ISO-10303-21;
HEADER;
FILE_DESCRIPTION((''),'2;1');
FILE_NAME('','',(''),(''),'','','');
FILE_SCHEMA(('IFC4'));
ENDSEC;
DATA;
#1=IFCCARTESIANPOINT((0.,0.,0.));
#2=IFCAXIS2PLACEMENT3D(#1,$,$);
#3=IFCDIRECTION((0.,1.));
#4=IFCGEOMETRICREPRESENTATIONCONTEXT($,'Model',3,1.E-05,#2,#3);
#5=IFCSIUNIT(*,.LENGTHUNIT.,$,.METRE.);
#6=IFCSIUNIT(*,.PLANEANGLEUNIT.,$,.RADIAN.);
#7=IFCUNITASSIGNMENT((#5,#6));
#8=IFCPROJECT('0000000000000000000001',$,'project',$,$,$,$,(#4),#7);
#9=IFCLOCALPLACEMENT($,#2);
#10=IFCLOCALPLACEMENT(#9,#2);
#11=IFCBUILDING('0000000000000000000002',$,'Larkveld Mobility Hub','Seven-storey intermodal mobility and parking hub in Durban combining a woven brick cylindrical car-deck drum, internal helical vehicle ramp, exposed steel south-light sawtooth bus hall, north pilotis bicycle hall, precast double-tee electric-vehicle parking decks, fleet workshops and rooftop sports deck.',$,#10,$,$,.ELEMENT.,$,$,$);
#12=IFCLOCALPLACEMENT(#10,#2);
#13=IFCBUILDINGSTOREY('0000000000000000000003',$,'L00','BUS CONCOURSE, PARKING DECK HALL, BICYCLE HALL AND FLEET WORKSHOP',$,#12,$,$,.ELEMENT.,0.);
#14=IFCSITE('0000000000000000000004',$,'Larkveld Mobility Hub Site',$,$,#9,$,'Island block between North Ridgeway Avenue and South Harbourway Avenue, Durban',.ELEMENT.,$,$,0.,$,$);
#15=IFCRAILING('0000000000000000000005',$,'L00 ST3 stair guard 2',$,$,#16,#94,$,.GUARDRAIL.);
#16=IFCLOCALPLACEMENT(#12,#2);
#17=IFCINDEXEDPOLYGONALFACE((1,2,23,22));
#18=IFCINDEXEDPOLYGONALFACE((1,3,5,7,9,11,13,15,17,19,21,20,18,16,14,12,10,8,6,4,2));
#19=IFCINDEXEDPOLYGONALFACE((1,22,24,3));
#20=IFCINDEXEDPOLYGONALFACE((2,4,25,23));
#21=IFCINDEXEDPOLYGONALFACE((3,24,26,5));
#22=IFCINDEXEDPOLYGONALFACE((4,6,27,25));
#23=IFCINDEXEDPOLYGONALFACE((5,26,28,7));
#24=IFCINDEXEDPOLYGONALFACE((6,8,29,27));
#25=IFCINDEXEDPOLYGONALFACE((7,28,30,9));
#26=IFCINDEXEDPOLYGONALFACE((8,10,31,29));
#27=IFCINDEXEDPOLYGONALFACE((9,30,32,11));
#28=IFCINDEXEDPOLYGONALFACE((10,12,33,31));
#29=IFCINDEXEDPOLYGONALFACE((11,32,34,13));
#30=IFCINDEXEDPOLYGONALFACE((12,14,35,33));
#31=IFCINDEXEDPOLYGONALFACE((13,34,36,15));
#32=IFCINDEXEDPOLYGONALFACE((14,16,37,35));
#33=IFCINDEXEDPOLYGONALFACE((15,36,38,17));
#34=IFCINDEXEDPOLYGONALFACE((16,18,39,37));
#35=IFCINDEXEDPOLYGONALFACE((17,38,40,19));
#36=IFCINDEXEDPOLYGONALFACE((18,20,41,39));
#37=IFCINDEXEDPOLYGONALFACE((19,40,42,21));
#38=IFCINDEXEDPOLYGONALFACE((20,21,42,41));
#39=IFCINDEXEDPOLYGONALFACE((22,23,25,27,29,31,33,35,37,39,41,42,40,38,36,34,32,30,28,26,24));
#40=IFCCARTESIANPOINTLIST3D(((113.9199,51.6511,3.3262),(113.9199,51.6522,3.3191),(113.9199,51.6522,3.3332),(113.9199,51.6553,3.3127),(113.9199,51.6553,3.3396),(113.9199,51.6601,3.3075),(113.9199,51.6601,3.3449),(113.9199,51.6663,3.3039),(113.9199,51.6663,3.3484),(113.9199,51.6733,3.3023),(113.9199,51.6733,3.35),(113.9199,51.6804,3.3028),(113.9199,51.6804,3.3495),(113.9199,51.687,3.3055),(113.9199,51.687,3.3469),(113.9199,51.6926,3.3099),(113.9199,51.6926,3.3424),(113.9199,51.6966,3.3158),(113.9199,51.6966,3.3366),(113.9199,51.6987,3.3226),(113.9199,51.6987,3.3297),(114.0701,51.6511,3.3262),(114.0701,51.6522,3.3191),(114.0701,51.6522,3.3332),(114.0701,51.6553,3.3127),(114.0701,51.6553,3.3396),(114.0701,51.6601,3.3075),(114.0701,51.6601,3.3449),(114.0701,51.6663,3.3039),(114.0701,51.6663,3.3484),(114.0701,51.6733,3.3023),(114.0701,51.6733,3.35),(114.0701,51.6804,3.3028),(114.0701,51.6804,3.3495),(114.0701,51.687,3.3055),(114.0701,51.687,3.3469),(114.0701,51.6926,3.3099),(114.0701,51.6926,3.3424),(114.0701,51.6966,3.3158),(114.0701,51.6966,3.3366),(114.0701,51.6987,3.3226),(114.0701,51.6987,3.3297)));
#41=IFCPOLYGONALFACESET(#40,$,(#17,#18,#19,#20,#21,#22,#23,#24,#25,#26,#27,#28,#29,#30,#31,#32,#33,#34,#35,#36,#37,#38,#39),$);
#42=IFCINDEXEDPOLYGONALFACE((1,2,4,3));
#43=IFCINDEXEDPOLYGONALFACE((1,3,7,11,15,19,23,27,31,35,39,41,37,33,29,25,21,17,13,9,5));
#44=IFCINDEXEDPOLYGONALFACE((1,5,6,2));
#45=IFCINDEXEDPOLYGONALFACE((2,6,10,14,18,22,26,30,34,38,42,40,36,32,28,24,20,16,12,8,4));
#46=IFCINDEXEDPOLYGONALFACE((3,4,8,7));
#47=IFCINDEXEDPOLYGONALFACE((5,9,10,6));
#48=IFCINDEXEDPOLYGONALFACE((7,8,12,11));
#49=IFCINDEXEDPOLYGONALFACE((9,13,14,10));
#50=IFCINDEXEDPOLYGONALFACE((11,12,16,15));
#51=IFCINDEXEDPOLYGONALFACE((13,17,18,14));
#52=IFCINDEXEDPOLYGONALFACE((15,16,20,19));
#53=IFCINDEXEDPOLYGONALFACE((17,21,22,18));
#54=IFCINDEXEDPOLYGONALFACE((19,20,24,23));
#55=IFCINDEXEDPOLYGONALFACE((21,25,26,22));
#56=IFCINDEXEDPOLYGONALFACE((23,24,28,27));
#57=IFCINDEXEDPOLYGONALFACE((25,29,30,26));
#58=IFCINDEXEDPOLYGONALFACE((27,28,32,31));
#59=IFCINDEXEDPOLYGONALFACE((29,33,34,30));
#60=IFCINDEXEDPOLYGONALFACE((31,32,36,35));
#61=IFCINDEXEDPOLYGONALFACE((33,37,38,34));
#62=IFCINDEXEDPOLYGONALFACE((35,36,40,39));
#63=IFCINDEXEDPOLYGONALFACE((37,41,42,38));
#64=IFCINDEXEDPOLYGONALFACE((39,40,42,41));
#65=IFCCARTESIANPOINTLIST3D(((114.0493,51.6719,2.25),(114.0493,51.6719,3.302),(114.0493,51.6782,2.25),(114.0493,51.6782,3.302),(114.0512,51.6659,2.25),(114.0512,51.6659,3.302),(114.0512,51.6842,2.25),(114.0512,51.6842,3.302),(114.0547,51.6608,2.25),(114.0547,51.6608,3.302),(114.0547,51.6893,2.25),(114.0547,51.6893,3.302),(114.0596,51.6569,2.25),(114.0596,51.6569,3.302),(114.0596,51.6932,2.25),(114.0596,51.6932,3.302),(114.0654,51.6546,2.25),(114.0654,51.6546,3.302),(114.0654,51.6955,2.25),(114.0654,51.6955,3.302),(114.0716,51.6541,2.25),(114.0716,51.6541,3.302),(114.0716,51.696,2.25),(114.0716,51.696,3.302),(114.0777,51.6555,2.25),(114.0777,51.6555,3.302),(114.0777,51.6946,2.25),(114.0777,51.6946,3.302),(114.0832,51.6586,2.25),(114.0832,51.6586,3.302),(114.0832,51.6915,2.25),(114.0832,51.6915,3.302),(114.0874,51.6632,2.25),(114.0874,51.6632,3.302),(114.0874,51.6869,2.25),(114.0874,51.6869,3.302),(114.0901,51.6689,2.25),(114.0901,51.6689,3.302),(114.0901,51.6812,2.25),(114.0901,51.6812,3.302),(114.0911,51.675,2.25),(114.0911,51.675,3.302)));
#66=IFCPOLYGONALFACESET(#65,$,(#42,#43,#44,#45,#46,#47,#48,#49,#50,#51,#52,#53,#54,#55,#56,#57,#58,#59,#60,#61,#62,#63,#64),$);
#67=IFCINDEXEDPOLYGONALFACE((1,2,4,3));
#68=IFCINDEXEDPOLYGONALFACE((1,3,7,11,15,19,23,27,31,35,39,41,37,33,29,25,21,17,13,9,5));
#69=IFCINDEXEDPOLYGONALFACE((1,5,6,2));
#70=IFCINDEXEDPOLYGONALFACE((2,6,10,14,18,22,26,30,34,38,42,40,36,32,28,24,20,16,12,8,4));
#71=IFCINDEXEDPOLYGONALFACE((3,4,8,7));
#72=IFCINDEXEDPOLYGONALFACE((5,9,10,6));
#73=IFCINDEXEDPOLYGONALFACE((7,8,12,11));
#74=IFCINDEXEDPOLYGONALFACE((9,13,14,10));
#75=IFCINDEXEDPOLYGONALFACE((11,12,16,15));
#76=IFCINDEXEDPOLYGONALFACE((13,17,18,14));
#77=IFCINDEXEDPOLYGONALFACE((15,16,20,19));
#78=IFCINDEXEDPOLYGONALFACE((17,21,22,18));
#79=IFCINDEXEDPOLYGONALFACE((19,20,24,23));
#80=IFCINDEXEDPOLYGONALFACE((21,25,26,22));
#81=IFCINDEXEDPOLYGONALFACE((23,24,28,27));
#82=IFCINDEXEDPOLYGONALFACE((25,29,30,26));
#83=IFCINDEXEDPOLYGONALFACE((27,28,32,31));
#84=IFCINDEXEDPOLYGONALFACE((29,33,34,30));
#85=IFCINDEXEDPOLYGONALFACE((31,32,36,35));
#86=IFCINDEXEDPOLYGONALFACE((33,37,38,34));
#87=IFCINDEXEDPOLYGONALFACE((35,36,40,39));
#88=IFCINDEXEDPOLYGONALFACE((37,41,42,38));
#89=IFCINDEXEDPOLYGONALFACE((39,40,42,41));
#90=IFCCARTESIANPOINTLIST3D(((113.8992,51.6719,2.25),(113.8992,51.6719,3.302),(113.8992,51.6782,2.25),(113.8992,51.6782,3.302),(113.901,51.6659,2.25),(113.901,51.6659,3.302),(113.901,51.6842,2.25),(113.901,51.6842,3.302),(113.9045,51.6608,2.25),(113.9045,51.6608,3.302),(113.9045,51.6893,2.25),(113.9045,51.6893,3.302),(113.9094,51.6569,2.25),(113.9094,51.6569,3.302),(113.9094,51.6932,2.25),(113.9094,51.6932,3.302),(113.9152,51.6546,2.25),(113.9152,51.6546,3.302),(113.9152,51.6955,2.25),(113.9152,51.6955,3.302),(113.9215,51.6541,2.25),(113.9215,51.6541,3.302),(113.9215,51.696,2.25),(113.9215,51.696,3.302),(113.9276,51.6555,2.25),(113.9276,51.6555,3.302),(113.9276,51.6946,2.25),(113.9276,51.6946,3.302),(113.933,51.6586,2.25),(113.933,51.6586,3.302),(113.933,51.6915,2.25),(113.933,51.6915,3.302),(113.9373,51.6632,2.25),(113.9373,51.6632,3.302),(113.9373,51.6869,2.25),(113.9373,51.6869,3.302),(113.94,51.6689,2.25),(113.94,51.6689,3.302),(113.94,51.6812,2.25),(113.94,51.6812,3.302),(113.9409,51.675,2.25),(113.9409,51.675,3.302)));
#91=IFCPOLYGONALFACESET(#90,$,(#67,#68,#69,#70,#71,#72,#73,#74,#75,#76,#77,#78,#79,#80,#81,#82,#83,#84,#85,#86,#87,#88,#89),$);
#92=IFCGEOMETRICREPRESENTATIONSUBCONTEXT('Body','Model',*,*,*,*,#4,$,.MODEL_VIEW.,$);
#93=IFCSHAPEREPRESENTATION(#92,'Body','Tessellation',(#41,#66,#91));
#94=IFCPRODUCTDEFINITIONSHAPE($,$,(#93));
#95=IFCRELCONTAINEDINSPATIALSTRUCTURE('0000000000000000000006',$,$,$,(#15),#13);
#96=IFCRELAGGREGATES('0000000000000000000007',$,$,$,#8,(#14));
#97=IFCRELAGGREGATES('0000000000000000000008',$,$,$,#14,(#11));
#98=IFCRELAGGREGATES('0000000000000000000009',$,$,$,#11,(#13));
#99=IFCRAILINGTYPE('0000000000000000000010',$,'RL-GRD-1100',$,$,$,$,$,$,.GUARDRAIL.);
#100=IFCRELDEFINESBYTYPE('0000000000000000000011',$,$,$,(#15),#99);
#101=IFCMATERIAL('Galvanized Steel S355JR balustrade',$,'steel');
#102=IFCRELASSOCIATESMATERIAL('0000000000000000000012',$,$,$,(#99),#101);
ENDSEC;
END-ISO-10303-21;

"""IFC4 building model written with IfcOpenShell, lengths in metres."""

from ifc_helpers import new_model, si_unit, direction, frame, origin, origin_2d, place, context, subcontext, project, spatial, circle, extrude, material, type_object, element, save


model = new_model("IFC4")

# Units and contexts
model_context = context("Model", 3, precision=1e-05, world=origin(), true_north=direction((0.0, 1.0)))
body_context = subcontext(model_context, "Body", "Model", "MODEL_VIEW")
ifc_project = project(units=[si_unit("LENGTHUNIT", "METRE"), si_unit("PLANEANGLEUNIT", "RADIAN")], contexts=[model_context])

# Site, building, storey
site_placement = place(None, origin())
site = spatial("IfcSite", under=ifc_project, at=site_placement, Name="Larkveld Mobility Hub Site", LongName="Island block between North Ridgeway Avenue and South Harbourway Avenue, Durban", CompositionType="ELEMENT", RefElevation=0.0)
building_placement = place(site_placement, origin())
building = spatial("IfcBuilding", under=site, at=building_placement, Name="Larkveld Mobility Hub", Description="Seven-storey intermodal mobility and parking hub in Durban combining a woven brick cylindrical car-deck drum, internal helical vehicle ramp, exposed steel south-light sawtooth bus hall, north pilotis bicycle hall, precast double-tee electric-vehicle parking decks, fleet workshops and rooftop sports deck.", CompositionType="ELEMENT")
storey_placement = place(building_placement, origin())
storey = spatial("IfcBuildingStorey", under=building, at=storey_placement, Name="L00", Description="BUS CONCOURSE, PARKING DECK HALL, BICYCLE HALL AND FLEET WORKSHOP", CompositionType="ELEMENT", Elevation=0.0)

# Railing
ifc_material_1 = material(Name="Galvanized Steel S355JR balustrade", Category="steel")
railing_type_1 = type_object("IfcRailingType", Name="RL-GRD-1100", PredefinedType="GUARDRAIL", material=ifc_material_1)
railing_1_placement = place(storey_placement, frame((114.0701, 51.675, 2.25)))
element("IfcRailing", 1, at=railing_1_placement, inside=storey, type_object=railing_type_1, Name="L00 ST3 stair guard 2", PredefinedType="GUARDRAIL", context=body_context, shape_type="SweptSolid", body=[
    extrude(circle(Radius=0.0239, at=origin_2d()), frame((0.0, 0.0, 1.0762), z_axis=(-1.0, 0.0, 0.0), x_axis=(0.0, -1.0, 0.0)), (0.0, 0.0, 1.0), 0.1501),
    extrude(circle(Radius=0.021, at=origin_2d()), origin(), (0.0, 0.0, 1.0), 1.052),
    extrude(circle(Radius=0.021, at=origin_2d()), frame((-0.1501, 0.0, 0.0)), (0.0, 0.0, 1.0), 1.052),
])

save(model, "model.ifc")
